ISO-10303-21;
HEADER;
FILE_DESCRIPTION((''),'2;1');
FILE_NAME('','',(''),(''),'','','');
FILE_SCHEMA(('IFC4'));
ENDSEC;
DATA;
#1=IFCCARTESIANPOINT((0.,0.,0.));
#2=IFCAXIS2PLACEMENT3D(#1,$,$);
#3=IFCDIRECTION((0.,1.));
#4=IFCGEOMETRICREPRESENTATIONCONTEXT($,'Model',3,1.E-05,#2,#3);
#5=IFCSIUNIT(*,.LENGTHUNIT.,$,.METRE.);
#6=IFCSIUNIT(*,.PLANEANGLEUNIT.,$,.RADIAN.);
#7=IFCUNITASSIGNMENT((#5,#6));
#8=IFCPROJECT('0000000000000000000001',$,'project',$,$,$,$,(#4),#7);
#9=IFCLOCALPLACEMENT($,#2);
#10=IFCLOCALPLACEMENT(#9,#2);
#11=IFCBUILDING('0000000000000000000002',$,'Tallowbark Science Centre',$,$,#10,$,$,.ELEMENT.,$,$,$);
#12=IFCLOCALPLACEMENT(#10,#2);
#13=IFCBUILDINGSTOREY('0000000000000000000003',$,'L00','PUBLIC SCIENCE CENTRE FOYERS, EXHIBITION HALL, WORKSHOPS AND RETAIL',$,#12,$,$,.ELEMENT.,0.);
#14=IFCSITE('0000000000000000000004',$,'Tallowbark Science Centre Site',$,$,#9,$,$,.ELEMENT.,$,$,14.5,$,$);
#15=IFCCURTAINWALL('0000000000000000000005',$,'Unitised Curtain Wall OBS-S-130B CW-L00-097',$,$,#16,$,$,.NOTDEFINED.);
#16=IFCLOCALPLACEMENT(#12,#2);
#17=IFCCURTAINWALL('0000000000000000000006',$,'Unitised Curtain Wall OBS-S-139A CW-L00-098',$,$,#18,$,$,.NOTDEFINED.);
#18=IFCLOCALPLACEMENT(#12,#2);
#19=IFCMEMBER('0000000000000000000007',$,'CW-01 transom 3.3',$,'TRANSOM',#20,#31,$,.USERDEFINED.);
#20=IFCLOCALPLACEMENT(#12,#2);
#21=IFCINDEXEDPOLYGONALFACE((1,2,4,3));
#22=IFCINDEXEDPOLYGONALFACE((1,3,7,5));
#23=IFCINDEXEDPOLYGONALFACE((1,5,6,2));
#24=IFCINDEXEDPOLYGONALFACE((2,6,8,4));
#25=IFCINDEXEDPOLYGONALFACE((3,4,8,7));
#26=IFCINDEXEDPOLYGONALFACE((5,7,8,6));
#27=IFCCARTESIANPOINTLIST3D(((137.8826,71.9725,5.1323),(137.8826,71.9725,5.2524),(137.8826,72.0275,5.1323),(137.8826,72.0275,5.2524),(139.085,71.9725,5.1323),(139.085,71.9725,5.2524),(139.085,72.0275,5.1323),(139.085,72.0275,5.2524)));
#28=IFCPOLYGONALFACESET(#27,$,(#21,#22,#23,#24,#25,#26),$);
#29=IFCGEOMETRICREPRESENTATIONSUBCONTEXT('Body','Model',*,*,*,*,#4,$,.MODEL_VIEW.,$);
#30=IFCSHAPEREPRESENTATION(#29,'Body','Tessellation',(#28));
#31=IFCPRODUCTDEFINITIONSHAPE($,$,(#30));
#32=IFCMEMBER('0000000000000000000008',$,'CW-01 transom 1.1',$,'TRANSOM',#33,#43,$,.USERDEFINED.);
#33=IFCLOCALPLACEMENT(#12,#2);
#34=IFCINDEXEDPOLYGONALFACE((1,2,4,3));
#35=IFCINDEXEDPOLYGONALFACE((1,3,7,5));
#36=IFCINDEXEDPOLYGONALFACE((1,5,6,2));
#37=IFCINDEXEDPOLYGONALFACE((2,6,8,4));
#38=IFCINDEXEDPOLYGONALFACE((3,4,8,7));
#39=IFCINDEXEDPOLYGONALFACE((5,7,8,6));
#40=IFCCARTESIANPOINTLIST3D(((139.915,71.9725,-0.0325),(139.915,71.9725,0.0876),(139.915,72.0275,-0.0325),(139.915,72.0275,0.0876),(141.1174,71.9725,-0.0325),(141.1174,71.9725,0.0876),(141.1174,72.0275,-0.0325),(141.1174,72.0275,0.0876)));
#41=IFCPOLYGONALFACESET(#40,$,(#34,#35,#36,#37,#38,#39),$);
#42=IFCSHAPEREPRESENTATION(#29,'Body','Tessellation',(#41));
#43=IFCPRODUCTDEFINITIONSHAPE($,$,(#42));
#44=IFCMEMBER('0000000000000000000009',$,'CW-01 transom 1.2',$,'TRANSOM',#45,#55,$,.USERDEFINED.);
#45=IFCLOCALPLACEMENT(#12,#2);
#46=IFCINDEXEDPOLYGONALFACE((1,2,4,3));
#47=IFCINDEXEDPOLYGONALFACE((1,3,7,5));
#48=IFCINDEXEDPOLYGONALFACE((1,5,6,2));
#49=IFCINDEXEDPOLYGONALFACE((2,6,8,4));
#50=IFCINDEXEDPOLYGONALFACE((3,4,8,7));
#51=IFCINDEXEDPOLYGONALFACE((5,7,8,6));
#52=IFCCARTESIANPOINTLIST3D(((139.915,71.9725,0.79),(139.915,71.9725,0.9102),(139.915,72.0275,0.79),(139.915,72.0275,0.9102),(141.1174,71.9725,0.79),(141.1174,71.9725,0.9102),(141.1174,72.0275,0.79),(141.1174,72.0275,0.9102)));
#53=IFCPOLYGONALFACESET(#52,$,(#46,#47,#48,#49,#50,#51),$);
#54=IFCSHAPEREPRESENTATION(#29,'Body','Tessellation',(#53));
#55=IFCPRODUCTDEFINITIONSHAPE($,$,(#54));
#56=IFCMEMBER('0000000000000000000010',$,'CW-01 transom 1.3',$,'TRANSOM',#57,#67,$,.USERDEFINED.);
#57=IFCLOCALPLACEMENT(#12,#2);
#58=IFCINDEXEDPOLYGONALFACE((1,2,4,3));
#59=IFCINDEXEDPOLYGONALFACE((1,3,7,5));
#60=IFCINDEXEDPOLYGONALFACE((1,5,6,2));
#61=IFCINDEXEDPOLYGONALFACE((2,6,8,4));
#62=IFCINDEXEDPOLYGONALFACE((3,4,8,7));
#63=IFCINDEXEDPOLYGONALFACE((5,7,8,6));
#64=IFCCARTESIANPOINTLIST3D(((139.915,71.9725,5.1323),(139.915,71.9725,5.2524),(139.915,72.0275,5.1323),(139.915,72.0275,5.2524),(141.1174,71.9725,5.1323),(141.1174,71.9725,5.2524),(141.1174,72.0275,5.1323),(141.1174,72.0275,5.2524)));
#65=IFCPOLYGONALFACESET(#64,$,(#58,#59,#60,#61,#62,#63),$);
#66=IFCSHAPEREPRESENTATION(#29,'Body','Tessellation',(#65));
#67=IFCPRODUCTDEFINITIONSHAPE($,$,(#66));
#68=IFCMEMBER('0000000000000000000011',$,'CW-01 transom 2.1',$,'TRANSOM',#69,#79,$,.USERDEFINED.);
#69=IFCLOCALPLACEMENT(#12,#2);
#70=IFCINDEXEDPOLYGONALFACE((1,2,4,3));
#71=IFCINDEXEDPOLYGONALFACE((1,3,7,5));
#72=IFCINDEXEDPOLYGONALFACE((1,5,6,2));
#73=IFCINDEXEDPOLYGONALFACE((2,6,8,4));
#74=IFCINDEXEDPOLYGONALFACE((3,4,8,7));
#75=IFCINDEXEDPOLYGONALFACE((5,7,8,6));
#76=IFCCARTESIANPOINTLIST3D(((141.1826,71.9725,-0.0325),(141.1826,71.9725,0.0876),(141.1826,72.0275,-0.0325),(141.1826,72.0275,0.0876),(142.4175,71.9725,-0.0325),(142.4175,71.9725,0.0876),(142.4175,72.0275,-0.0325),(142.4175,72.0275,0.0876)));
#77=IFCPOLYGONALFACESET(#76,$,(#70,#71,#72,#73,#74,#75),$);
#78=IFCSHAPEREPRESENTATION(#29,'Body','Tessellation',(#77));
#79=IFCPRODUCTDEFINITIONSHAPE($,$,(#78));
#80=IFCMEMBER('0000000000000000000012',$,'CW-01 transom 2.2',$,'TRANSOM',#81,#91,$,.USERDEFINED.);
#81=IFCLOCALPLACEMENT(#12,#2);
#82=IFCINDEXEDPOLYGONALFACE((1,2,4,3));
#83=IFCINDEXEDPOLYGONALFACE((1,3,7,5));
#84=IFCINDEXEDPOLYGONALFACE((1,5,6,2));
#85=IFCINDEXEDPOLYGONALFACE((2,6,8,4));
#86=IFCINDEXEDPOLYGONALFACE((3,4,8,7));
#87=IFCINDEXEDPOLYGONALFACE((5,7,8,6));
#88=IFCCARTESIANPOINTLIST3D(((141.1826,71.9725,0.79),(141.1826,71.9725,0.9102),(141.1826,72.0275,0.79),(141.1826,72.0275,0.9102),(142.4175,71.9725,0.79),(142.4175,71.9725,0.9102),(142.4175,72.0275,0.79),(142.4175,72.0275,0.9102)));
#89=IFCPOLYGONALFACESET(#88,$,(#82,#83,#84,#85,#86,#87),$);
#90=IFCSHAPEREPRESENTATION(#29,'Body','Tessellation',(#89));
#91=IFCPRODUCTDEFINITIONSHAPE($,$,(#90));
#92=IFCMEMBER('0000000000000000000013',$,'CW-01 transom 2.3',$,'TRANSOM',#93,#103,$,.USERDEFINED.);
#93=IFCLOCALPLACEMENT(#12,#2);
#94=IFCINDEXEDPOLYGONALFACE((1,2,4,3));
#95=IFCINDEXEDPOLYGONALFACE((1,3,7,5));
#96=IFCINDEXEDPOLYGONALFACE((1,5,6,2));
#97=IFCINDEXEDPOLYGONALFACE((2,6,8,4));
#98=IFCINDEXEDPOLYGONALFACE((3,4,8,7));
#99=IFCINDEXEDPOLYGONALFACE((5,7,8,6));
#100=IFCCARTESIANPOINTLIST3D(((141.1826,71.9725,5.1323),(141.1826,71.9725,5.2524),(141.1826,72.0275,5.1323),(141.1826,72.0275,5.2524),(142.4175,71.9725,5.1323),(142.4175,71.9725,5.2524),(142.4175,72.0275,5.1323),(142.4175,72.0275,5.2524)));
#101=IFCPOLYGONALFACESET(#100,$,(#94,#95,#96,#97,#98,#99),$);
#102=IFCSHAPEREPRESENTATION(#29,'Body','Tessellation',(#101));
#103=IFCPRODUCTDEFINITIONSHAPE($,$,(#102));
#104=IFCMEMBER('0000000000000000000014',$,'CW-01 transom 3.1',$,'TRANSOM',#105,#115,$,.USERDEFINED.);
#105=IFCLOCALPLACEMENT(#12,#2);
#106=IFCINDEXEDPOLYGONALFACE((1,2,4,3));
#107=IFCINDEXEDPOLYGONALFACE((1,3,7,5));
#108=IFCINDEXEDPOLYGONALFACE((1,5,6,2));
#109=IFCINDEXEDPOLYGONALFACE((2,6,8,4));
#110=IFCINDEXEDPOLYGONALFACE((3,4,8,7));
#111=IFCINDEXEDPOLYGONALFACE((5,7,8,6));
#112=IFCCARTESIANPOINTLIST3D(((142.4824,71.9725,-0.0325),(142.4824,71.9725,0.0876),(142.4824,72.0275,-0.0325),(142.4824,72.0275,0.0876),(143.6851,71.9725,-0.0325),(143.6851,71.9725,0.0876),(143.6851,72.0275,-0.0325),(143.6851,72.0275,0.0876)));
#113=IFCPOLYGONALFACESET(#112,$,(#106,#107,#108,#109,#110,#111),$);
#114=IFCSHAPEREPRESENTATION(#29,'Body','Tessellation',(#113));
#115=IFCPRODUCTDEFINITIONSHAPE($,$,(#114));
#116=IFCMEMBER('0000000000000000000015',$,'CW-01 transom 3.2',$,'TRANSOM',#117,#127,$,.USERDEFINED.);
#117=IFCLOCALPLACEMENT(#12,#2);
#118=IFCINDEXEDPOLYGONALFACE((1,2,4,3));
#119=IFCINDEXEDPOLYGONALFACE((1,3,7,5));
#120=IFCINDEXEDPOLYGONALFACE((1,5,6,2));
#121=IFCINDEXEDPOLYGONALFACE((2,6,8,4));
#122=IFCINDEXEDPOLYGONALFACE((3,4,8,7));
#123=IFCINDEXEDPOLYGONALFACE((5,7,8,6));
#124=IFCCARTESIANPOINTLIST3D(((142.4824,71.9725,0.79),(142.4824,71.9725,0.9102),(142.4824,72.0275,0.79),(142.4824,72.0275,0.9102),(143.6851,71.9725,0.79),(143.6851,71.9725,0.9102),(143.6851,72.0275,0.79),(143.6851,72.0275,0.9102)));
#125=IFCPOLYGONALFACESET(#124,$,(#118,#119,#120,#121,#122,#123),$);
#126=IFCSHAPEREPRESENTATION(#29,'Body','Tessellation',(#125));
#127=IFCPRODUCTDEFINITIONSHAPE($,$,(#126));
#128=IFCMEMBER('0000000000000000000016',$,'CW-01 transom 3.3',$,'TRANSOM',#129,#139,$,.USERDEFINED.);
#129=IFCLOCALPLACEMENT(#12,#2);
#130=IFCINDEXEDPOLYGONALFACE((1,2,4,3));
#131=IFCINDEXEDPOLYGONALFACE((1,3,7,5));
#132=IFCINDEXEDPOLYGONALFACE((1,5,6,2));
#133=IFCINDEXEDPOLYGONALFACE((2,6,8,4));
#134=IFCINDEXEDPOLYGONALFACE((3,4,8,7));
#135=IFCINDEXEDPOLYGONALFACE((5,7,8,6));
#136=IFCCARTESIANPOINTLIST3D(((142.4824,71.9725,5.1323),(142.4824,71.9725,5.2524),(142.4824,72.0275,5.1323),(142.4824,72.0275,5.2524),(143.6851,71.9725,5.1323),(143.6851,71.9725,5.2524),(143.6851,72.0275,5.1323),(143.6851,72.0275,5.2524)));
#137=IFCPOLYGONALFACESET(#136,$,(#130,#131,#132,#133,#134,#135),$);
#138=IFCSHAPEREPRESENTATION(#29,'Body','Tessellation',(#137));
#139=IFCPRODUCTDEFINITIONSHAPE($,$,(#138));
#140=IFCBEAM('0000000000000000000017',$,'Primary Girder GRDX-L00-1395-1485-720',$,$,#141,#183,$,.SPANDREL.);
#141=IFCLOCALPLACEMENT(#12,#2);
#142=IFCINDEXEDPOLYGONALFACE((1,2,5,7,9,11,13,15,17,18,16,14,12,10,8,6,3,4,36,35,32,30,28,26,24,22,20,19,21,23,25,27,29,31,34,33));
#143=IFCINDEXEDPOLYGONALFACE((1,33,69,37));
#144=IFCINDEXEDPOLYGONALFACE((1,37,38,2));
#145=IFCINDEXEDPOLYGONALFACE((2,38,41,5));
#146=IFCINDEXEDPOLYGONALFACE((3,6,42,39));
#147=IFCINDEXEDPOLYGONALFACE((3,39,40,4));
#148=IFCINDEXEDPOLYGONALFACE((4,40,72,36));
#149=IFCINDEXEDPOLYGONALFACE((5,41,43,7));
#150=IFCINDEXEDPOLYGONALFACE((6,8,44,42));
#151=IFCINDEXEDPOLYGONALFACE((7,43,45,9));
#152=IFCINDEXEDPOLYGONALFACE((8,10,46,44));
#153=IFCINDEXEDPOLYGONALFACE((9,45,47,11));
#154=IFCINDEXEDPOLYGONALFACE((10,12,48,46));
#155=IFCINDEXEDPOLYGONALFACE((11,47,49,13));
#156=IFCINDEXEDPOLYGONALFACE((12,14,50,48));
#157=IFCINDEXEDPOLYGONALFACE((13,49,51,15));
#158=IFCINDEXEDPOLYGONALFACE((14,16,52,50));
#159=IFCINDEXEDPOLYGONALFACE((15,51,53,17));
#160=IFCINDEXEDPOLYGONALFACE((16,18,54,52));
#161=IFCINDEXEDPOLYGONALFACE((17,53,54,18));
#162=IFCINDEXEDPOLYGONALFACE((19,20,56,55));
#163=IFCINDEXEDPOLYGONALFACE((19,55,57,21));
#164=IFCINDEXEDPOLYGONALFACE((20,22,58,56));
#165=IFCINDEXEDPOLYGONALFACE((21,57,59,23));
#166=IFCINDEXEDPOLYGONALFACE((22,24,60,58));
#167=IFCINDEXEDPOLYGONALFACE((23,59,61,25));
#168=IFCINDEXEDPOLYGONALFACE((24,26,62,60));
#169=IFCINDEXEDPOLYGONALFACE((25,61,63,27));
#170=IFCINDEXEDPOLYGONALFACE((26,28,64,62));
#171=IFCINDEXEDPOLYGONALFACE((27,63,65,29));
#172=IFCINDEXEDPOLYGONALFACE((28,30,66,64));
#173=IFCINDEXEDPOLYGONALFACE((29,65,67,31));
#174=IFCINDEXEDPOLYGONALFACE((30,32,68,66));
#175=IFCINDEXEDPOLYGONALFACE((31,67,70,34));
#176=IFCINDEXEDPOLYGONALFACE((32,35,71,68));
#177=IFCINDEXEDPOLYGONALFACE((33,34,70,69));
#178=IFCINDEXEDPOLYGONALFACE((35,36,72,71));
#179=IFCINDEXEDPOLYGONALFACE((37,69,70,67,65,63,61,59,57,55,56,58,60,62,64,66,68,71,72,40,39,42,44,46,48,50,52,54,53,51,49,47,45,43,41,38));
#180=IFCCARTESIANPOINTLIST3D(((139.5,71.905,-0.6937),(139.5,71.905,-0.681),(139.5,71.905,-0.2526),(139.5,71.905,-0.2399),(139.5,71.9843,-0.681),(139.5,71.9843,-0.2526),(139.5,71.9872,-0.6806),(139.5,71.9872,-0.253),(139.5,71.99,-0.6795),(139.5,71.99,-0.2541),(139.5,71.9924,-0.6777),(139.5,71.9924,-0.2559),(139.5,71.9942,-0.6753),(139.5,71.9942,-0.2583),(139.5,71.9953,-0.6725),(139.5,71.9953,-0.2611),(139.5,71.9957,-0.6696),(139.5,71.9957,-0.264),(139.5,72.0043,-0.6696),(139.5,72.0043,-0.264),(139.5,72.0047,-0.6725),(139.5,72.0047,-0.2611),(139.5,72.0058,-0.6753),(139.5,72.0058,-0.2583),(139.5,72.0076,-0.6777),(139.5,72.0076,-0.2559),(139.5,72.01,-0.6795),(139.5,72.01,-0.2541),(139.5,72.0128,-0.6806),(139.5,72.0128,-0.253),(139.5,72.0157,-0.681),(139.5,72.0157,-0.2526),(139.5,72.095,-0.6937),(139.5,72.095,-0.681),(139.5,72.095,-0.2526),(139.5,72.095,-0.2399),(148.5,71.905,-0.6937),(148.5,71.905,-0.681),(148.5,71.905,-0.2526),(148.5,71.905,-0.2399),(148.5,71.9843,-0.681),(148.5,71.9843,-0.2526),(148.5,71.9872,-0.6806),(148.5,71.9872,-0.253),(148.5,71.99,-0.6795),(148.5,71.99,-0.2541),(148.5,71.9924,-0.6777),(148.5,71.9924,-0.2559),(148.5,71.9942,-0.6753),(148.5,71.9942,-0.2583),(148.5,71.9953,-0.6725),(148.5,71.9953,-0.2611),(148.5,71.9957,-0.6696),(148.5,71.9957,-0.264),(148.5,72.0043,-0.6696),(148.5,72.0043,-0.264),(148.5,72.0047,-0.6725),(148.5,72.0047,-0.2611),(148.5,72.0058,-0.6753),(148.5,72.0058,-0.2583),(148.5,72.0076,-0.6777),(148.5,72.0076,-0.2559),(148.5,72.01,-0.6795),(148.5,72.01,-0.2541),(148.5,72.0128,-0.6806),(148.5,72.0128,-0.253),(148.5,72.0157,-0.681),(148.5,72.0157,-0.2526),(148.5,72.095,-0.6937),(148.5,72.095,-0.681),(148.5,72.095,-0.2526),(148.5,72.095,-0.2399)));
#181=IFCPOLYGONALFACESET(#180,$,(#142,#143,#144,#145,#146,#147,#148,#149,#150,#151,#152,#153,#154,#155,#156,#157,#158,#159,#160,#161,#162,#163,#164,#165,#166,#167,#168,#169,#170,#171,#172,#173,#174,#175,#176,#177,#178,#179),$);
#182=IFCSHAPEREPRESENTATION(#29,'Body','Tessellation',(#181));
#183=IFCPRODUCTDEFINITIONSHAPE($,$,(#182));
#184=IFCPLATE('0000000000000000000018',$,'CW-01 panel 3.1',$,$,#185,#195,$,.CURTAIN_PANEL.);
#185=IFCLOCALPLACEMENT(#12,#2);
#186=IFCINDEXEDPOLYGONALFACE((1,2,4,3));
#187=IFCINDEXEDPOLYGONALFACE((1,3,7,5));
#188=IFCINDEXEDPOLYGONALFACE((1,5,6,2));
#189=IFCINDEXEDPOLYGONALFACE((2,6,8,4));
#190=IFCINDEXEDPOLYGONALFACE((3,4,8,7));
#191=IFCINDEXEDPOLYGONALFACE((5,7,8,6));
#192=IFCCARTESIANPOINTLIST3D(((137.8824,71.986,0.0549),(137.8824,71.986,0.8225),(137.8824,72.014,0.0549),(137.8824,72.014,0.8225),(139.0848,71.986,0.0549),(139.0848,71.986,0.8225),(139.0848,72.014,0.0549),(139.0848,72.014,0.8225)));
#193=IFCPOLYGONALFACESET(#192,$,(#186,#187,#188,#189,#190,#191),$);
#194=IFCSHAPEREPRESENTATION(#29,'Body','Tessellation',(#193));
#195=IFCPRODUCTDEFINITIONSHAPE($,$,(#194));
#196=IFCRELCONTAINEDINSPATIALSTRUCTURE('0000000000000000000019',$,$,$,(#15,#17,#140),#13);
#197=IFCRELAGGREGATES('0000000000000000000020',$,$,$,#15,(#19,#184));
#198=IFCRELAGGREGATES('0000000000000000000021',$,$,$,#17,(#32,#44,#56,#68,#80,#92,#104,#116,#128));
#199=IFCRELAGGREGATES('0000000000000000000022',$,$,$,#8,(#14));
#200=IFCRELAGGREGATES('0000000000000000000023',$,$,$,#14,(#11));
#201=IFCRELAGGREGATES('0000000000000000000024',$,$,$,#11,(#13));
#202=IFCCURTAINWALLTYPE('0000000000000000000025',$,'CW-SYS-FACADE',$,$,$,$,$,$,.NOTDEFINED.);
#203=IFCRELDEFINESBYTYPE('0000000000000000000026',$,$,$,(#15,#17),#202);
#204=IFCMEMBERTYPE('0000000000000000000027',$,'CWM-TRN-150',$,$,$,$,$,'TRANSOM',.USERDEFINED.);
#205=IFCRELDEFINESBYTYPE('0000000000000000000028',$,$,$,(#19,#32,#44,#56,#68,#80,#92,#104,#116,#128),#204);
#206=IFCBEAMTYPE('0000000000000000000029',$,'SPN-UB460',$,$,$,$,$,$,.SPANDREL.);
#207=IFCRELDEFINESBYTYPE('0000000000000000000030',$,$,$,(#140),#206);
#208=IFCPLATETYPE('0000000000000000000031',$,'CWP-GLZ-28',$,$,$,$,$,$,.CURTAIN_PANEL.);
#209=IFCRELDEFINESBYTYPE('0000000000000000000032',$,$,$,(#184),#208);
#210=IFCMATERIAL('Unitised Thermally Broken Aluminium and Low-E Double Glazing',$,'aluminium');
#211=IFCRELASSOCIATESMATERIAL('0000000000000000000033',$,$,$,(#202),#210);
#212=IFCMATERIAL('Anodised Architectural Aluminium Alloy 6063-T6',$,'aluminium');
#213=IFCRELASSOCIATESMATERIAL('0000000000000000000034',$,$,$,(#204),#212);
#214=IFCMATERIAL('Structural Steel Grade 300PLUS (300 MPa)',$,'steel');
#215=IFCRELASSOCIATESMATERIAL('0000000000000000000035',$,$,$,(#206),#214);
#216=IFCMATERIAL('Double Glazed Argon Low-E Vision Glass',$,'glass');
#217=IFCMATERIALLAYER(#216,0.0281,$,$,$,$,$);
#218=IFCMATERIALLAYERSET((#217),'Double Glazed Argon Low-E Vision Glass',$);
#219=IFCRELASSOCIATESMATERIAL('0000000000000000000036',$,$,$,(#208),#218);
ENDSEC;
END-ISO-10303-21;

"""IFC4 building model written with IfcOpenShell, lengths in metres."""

from ifc_helpers import new_model, si_unit, direction, frame, origin, origin_2d, place, context, subcontext, project, spatial, rectangle, i_section, extrude, material, layer, layer_set, material_profile, profile_set, type_object, element, aggregate, save


model = new_model("IFC4")

# Units and contexts
model_context = context("Model", 3, precision=1e-05, world=origin(), true_north=direction((0.0, 1.0)))
body_context = subcontext(model_context, "Body", "Model", "MODEL_VIEW")
ifc_project = project(units=[si_unit("LENGTHUNIT", "METRE"), si_unit("PLANEANGLEUNIT", "RADIAN")], contexts=[model_context])

# Site, building, storey
site_placement = place(None, origin())
site = spatial("IfcSite", under=ifc_project, at=site_placement, Name="Tallowbark Science Centre Site", CompositionType="ELEMENT", RefElevation=14.5)
building_placement = place(site_placement, origin())
building = spatial("IfcBuilding", under=site, at=building_placement, Name="Tallowbark Science Centre", CompositionType="ELEMENT")
storey_placement = place(building_placement, origin())
storey = spatial("IfcBuildingStorey", under=building, at=storey_placement, Name="L00", Description="PUBLIC SCIENCE CENTRE FOYERS, EXHIBITION HALL, WORKSHOPS AND RETAIL", CompositionType="ELEMENT", Elevation=0.0)

# Shared definitions
ifc_material_1 = material(Name="Structural Steel Grade 300PLUS (300 MPa)", Category="steel")

# Curtain walls
ifc_material_2 = material(Name="Unitised Thermally Broken Aluminium and Low-E Double Glazing", Category="aluminium")
curtain_wall_type = type_object("IfcCurtainWallType", Name="CW-SYS-FACADE", PredefinedType="NOTDEFINED", material=ifc_material_2)
curtain_wall_1_placement = place(storey_placement, origin())
curtain_wall_1 = element("IfcCurtainWall", 1, at=curtain_wall_1_placement, inside=storey, type_object=curtain_wall_type, Name="Unitised Curtain Wall OBS-S-130B CW-L00-097", PredefinedType="NOTDEFINED")
ifc_material_3 = material(Name="Anodised Architectural Aluminium Alloy 6063-T6", Category="aluminium")
curtain_wall_2_placement = place(storey_placement, origin())
curtain_wall_2 = element("IfcCurtainWall", 2, at=curtain_wall_2_placement, inside=storey, type_object=curtain_wall_type, Name="Unitised Curtain Wall OBS-S-139A CW-L00-098", PredefinedType="NOTDEFINED")

# Members
ifc_material_profile_1 = material_profile(ifc_material_3, rectangle(XDim=0.0549, YDim=0.1201, at=origin_2d()), Name="ALU55x120")
ifc_profile_set_1 = profile_set([ifc_material_profile_1], Name="Anodised Architectural Aluminium Alloy 6063-T6")
member_type_1 = type_object("IfcMemberType", Name="CWM-TRN-150", ElementType="TRANSOM", PredefinedType="USERDEFINED", material=ifc_profile_set_1)
member_1_placement = place(storey_placement, frame((137.8826, 72.0, 5.1924), z_axis=(1.0, 0.0, 0.0), x_axis=(0.0, 1.0, 0.0)))
member_1 = element("IfcMember", 3, at=member_1_placement, type_object=member_type_1, Name="CW-01 transom 3.3", ObjectType="TRANSOM", PredefinedType="USERDEFINED", context=body_context, shape_type="SweptSolid", body=[
    extrude(rectangle(XDim=0.0549, YDim=0.1201, at=origin_2d()), origin(), (0.0, 0.0, 1.0), 1.2024),
])
member_2_placement = place(storey_placement, frame((139.915, 72.0, 0.0276), z_axis=(1.0, 0.0, 0.0), x_axis=(0.0, 1.0, 0.0)))
member_2 = element("IfcMember", 4, at=member_2_placement, type_object=member_type_1, Name="CW-01 transom 1.1", ObjectType="TRANSOM", PredefinedType="USERDEFINED", context=body_context, shape_type="SweptSolid", body=[
    extrude(rectangle(XDim=0.0549, YDim=0.1201, at=origin_2d()), origin(), (0.0, 0.0, 1.0), 1.2024),
])
member_3_placement = place(storey_placement, frame((139.915, 72.0, 0.8501), z_axis=(1.0, 0.0, 0.0), x_axis=(0.0, 1.0, 0.0)))
member_3 = element("IfcMember", 5, at=member_3_placement, type_object=member_type_1, Name="CW-01 transom 1.2", ObjectType="TRANSOM", PredefinedType="USERDEFINED", context=body_context, shape_type="SweptSolid", body=[
    extrude(rectangle(XDim=0.0549, YDim=0.1201, at=origin_2d()), origin(), (0.0, 0.0, 1.0), 1.2024),
])
member_4_placement = place(storey_placement, frame((139.915, 72.0, 5.1924), z_axis=(1.0, 0.0, 0.0), x_axis=(0.0, 1.0, 0.0)))
member_4 = element("IfcMember", 6, at=member_4_placement, type_object=member_type_1, Name="CW-01 transom 1.3", ObjectType="TRANSOM", PredefinedType="USERDEFINED", context=body_context, shape_type="SweptSolid", body=[
    extrude(rectangle(XDim=0.0549, YDim=0.1201, at=origin_2d()), origin(), (0.0, 0.0, 1.0), 1.2024),
])
member_5_placement = place(storey_placement, frame((141.1826, 72.0, 0.0276), z_axis=(1.0, 0.0, 0.0), x_axis=(0.0, 1.0, 0.0)))
member_5 = element("IfcMember", 7, at=member_5_placement, type_object=member_type_1, Name="CW-01 transom 2.1", ObjectType="TRANSOM", PredefinedType="USERDEFINED", context=body_context, shape_type="SweptSolid", body=[
    extrude(rectangle(XDim=0.0549, YDim=0.1201, at=origin_2d()), origin(), (0.0, 0.0, 1.0), 1.2349),
])
member_6_placement = place(storey_placement, frame((141.1826, 72.0, 0.8501), z_axis=(1.0, 0.0, 0.0), x_axis=(0.0, 1.0, 0.0)))
member_6 = element("IfcMember", 8, at=member_6_placement, type_object=member_type_1, Name="CW-01 transom 2.2", ObjectType="TRANSOM", PredefinedType="USERDEFINED", context=body_context, shape_type="SweptSolid", body=[
    extrude(rectangle(XDim=0.0549, YDim=0.1201, at=origin_2d()), origin(), (0.0, 0.0, 1.0), 1.2349),
])
member_7_placement = place(storey_placement, frame((141.1826, 72.0, 5.1924), z_axis=(1.0, 0.0, 0.0), x_axis=(0.0, 1.0, 0.0)))
member_7 = element("IfcMember", 9, at=member_7_placement, type_object=member_type_1, Name="CW-01 transom 2.3", ObjectType="TRANSOM", PredefinedType="USERDEFINED", context=body_context, shape_type="SweptSolid", body=[
    extrude(rectangle(XDim=0.0549, YDim=0.1201, at=origin_2d()), origin(), (0.0, 0.0, 1.0), 1.2349),
])
member_8_placement = place(storey_placement, frame((142.4824, 72.0, 0.0276), z_axis=(1.0, 0.0, 0.0), x_axis=(0.0, 1.0, 0.0)))
member_8 = element("IfcMember", 10, at=member_8_placement, type_object=member_type_1, Name="CW-01 transom 3.1", ObjectType="TRANSOM", PredefinedType="USERDEFINED", context=body_context, shape_type="SweptSolid", body=[
    extrude(rectangle(XDim=0.0549, YDim=0.1201, at=origin_2d()), origin(), (0.0, 0.0, 1.0), 1.2026),
])
member_9_placement = place(storey_placement, frame((142.4824, 72.0, 0.8501), z_axis=(1.0, 0.0, 0.0), x_axis=(0.0, 1.0, 0.0)))
member_9 = element("IfcMember", 11, at=member_9_placement, type_object=member_type_1, Name="CW-01 transom 3.2", ObjectType="TRANSOM", PredefinedType="USERDEFINED", context=body_context, shape_type="SweptSolid", body=[
    extrude(rectangle(XDim=0.0549, YDim=0.1201, at=origin_2d()), origin(), (0.0, 0.0, 1.0), 1.2026),
])
member_10_placement = place(storey_placement, frame((142.4824, 72.0, 5.1924), z_axis=(1.0, 0.0, 0.0), x_axis=(0.0, 1.0, 0.0)))
member_10 = element("IfcMember", 12, at=member_10_placement, type_object=member_type_1, Name="CW-01 transom 3.3", ObjectType="TRANSOM", PredefinedType="USERDEFINED", context=body_context, shape_type="SweptSolid", body=[
    extrude(rectangle(XDim=0.0549, YDim=0.1201, at=origin_2d()), origin(), (0.0, 0.0, 1.0), 1.2026),
])

# Beam
ifc_material_profile_2 = material_profile(ifc_material_1, i_section(OverallWidth=0.1899, OverallDepth=0.4539, WebThickness=0.0085, FlangeThickness=0.0127, FilletRadius=0.0115, at=origin_2d()), Name="460UB67.1")
ifc_profile_set_2 = profile_set([ifc_material_profile_2], Name="Structural Steel Grade 300PLUS (300 MPa)")
beam_type_1 = type_object("IfcBeamType", Name="SPN-UB460", PredefinedType="SPANDREL", material=ifc_profile_set_2)
beam_1_placement = place(storey_placement, frame((139.5, 72.0, -0.4668), z_axis=(1.0, 0.0, 0.0), x_axis=(0.0, 1.0, 0.0)))
element("IfcBeam", 13, at=beam_1_placement, inside=storey, type_object=beam_type_1, Name="Primary Girder GRDX-L00-1395-1485-720", PredefinedType="SPANDREL", context=body_context, shape_type="SweptSolid", body=[
    extrude(i_section(OverallWidth=0.1899, OverallDepth=0.4539, WebThickness=0.0085, FlangeThickness=0.0127, FilletRadius=0.0115, at=origin_2d()), origin(), (0.0, 0.0, 1.0), 9.0),
])

# Plate
ifc_material_4 = material(Name="Double Glazed Argon Low-E Vision Glass", Category="glass")
ifc_layer_1 = layer(ifc_material_4, 0.0281)
ifc_layer_set_1 = layer_set([ifc_layer_1], Name="Double Glazed Argon Low-E Vision Glass")
plate_type = type_object("IfcPlateType", Name="CWP-GLZ-28", PredefinedType="CURTAIN_PANEL", material=ifc_layer_set_1)
plate_1_placement = place(storey_placement, frame((138.4836, 72.0, 0.0549), z_axis=(0.0, 0.0, 1.0), x_axis=(1.0, 0.0, 0.0)))
plate_1 = element("IfcPlate", 14, at=plate_1_placement, type_object=plate_type, Name="CW-01 panel 3.1", PredefinedType="CURTAIN_PANEL", context=body_context, shape_type="SweptSolid", body=[
    extrude(rectangle(XDim=1.2024, YDim=0.0281, at=origin_2d()), origin(), (0.0, 0.0, 1.0), 0.7676),
])
aggregate(curtain_wall_1, [member_1, plate_1])
aggregate(curtain_wall_2, [member_2, member_3, member_4, member_5, member_6, member_7, member_8, member_9, member_10])

save(model, "model.ifc")
